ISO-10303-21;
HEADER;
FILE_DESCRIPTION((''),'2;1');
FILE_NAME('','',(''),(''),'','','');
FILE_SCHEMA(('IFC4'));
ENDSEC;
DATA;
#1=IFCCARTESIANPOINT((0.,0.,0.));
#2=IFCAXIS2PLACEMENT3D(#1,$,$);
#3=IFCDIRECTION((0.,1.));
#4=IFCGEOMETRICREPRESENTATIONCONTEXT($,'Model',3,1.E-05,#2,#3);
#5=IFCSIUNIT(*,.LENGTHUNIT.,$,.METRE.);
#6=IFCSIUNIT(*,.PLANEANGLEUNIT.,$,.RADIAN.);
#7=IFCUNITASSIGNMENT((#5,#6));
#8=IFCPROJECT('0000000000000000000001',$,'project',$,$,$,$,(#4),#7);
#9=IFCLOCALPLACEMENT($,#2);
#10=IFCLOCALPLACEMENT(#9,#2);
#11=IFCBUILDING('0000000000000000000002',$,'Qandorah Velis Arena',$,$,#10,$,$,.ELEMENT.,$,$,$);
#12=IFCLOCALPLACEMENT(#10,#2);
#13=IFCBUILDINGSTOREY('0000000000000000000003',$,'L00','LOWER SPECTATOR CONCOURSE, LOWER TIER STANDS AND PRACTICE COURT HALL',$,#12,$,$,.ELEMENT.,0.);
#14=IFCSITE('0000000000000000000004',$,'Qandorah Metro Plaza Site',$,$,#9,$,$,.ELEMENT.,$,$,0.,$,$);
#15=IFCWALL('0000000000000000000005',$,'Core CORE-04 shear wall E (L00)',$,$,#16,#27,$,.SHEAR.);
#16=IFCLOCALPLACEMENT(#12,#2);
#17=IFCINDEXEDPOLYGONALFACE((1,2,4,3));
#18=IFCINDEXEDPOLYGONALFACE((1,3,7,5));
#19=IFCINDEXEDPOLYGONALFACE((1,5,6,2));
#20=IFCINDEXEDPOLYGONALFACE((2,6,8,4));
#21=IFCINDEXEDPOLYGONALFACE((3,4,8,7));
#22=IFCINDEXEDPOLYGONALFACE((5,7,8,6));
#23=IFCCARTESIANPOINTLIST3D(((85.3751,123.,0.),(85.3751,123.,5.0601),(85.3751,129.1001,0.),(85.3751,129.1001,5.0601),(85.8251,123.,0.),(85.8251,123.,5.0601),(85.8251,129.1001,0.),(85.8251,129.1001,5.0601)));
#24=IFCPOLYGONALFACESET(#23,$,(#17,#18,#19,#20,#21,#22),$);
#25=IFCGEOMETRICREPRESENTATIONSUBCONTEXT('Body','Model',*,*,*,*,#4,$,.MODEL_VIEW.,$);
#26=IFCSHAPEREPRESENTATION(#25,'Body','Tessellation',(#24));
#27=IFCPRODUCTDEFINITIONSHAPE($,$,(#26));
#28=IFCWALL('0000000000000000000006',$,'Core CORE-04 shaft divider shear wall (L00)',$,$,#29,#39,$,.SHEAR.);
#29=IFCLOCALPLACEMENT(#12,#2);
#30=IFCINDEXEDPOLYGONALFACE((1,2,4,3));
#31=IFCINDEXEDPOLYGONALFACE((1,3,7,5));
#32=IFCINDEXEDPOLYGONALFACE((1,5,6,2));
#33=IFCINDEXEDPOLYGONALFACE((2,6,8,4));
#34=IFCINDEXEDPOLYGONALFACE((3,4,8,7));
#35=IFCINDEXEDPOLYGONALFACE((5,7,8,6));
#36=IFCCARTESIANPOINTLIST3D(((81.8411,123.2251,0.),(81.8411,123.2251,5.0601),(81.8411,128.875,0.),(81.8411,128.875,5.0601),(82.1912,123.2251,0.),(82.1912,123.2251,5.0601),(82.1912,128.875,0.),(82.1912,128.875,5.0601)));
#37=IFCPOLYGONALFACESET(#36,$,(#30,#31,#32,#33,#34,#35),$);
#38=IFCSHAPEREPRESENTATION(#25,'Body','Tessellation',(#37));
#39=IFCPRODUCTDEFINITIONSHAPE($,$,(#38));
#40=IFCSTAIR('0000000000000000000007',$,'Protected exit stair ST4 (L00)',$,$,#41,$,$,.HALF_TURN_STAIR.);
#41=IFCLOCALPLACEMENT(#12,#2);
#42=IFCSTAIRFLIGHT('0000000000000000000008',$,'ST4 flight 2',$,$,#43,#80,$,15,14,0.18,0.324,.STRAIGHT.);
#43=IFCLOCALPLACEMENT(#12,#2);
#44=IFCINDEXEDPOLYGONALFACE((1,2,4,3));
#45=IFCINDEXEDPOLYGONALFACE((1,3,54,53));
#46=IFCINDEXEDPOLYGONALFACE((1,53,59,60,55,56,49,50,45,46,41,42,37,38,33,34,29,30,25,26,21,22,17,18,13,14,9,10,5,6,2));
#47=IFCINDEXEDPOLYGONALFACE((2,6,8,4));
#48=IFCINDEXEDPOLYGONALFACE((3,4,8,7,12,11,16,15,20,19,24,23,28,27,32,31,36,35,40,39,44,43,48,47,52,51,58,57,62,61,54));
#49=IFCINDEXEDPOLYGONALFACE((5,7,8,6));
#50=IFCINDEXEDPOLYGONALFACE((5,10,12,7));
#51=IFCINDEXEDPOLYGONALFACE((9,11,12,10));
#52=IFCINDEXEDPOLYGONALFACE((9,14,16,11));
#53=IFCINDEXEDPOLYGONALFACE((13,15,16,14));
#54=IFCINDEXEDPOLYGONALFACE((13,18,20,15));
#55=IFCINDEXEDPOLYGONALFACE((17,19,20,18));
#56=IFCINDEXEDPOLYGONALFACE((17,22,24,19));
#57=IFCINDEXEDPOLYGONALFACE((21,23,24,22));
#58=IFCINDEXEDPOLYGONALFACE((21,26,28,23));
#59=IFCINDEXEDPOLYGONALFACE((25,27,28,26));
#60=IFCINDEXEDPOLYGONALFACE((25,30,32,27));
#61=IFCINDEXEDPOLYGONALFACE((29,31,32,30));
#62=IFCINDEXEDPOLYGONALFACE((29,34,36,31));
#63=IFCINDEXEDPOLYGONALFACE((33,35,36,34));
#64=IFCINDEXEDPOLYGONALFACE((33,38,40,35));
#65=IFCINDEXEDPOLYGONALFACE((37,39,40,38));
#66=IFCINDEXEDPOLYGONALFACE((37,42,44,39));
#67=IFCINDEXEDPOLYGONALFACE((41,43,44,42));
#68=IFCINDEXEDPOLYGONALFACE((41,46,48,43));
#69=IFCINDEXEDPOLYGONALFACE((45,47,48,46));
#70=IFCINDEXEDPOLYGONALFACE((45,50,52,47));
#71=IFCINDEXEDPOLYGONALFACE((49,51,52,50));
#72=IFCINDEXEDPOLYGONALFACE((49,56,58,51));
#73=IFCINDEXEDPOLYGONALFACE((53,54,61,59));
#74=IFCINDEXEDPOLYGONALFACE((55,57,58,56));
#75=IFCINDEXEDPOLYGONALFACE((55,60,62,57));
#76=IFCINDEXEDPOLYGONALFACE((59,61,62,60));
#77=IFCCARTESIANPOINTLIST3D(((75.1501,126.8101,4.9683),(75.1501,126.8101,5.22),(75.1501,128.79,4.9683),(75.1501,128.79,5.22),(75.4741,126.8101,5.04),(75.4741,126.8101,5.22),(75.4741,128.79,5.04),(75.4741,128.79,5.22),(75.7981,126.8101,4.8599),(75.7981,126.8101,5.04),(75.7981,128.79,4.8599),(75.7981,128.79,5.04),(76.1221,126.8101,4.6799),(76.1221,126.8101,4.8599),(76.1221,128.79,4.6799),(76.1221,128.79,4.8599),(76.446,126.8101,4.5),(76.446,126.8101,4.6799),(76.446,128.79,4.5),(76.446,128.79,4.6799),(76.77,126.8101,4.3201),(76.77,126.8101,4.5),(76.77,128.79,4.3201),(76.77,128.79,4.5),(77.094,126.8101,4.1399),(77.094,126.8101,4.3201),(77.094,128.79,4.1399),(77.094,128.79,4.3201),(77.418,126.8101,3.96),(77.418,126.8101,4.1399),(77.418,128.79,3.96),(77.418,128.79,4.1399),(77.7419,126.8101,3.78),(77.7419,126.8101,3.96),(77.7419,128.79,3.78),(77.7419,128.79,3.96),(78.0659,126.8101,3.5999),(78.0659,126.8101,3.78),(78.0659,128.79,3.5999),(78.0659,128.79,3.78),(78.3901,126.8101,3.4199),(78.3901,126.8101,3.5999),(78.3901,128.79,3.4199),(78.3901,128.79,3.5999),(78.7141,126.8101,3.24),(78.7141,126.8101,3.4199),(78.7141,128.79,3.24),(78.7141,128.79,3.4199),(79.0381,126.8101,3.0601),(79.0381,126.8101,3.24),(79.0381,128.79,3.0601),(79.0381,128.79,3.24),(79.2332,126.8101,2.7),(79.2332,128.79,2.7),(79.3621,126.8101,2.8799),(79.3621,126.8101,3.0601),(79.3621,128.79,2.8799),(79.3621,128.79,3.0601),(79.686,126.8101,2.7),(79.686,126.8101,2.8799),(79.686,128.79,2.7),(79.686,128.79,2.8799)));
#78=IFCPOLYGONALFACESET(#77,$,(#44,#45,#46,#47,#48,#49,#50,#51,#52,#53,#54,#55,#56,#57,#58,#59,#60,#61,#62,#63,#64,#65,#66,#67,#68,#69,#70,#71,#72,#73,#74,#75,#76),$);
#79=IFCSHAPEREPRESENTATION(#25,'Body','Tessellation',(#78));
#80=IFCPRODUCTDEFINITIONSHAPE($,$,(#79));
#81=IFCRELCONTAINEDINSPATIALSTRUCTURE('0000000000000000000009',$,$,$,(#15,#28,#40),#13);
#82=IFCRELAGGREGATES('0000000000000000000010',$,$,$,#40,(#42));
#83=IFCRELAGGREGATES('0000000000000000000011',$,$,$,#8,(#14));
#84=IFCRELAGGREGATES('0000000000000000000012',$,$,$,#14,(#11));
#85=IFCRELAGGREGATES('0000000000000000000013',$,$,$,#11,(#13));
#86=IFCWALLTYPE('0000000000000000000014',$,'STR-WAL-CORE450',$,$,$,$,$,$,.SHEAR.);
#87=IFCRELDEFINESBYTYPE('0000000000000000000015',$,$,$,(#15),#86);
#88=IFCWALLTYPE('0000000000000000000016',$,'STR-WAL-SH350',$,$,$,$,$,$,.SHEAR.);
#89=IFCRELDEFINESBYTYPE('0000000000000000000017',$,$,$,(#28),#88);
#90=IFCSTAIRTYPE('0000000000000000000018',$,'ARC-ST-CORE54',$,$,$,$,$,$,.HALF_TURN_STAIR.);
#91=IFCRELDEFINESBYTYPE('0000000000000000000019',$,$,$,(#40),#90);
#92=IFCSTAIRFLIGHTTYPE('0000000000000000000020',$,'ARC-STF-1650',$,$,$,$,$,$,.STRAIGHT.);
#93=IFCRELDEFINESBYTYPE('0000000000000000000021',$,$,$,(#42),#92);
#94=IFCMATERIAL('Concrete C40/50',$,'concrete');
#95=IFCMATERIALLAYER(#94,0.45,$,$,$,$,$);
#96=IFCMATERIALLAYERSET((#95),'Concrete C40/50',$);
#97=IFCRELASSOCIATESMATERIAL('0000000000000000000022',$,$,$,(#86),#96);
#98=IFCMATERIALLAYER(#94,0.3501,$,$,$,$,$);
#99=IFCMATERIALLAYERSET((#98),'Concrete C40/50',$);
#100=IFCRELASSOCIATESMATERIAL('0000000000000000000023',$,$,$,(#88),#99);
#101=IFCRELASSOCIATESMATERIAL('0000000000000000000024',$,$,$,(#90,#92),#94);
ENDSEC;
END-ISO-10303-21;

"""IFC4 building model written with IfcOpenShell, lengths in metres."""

from ifc_helpers import new_model, si_unit, direction, frame, frame_2d, origin, place, context, subcontext, project, spatial, polyline, rectangle, outline, extrude, material, layer, layer_set, type_object, element, aggregate, save


model = new_model("IFC4")

# Units and contexts
model_context = context("Model", 3, precision=1e-05, world=origin(), true_north=direction((0.0, 1.0)))
body_context = subcontext(model_context, "Body", "Model", "MODEL_VIEW")
ifc_project = project(units=[si_unit("LENGTHUNIT", "METRE"), si_unit("PLANEANGLEUNIT", "RADIAN")], contexts=[model_context])

# Site, building, storey
site_placement = place(None, origin())
site = spatial("IfcSite", under=ifc_project, at=site_placement, Name="Qandorah Metro Plaza Site", CompositionType="ELEMENT", RefElevation=0.0)
building_placement = place(site_placement, origin())
building = spatial("IfcBuilding", under=site, at=building_placement, Name="Qandorah Velis Arena", CompositionType="ELEMENT")
storey_placement = place(building_placement, origin())
storey = spatial("IfcBuildingStorey", under=building, at=storey_placement, Name="L00", Description="LOWER SPECTATOR CONCOURSE, LOWER TIER STANDS AND PRACTICE COURT HALL", CompositionType="ELEMENT", Elevation=0.0)

# Shared definitions
ifc_material_1 = material(Name="Concrete C40/50", Category="concrete")

# Walls
ifc_layer_1 = layer(ifc_material_1, 0.45)
ifc_layer_set_1 = layer_set([ifc_layer_1], Name="Concrete C40/50")
wall_type_1 = type_object("IfcWallType", Name="STR-WAL-CORE450", PredefinedType="SHEAR", material=ifc_layer_set_1)
wall_1_placement = place(storey_placement, frame((85.6001, 123.0, 0.0), z_axis=(0.0, 0.0, 1.0), x_axis=(0.0, 1.0, 0.0)))
element("IfcWall", 1, at=wall_1_placement, inside=storey, type_object=wall_type_1, Name="Core CORE-04 shear wall E (L00)", PredefinedType="SHEAR", context=body_context, shape_type="SweptSolid", body=[
    extrude(rectangle(XDim=6.1001, YDim=0.45, at=frame_2d((3.05, 0.0))), origin(), (0.0, 0.0, 1.0), 5.0601),
])
ifc_layer_2 = layer(ifc_material_1, 0.3501)
ifc_layer_set_2 = layer_set([ifc_layer_2], Name="Concrete C40/50")
wall_type_2 = type_object("IfcWallType", Name="STR-WAL-SH350", PredefinedType="SHEAR", material=ifc_layer_set_2)
wall_2_placement = place(storey_placement, frame((82.0161, 123.2251, 0.0), z_axis=(0.0, 0.0, 1.0), x_axis=(0.0, 1.0, 0.0)))
element("IfcWall", 2, at=wall_2_placement, inside=storey, type_object=wall_type_2, Name="Core CORE-04 shaft divider shear wall (L00)", PredefinedType="SHEAR", context=body_context, shape_type="SweptSolid", body=[
    extrude(rectangle(XDim=5.6499, YDim=0.3501, at=frame_2d((2.825, 0.0))), origin(), (0.0, 0.0, 1.0), 5.0601),
])

# Stair, stair flight
stair_type = type_object("IfcStairType", Name="ARC-ST-CORE54", PredefinedType="HALF_TURN_STAIR", material=ifc_material_1)
stair_placement = place(storey_placement, origin())
stair = element("IfcStair", 3, at=stair_placement, inside=storey, type_object=stair_type, Name="Protected exit stair ST4 (L00)", PredefinedType="HALF_TURN_STAIR")
stair_flight_type = type_object("IfcStairFlightType", Name="ARC-STF-1650", PredefinedType="STRAIGHT", material=ifc_material_1)
stair_flight_placement = place(storey_placement, frame((79.686, 127.8, 2.7), z_axis=(0.0, 0.0, 1.0), x_axis=(-1.0, 0.0, 0.0)))
stair_flight = element("IfcStairFlight", 4, at=stair_flight_placement, type_object=stair_flight_type, Name="ST4 flight 2", NumberOfRisers=15, NumberOfTreads=14, PredefinedType="STRAIGHT", RiserHeight=0.18, TreadLength=0.324, context=body_context, shape_type="SweptSolid", body=[
    extrude(outline(polyline([(0.0, 0.0), (0.0, 0.1799), (0.324, 0.1799), (0.324, 0.3601), (0.6479, 0.3601), (0.6479, 0.54), (0.9719, 0.54), (0.9719, 0.72), (1.2959, 0.72), (1.2959, 0.8999), (1.6201, 0.8999), (1.6201, 1.0801), (1.9441, 1.0801), (1.9441, 1.26), (2.2681, 1.26), (2.2681, 1.4399), (2.592, 1.4399), (2.592, 1.6201), (2.916, 1.6201), (2.916, 1.8), (3.24, 1.8), (3.24, 1.98), (3.564, 1.98), (3.564, 2.1599), (3.8879, 2.1599), (3.8879, 2.3401), (4.2119, 2.3401), (4.2119, 2.52), (4.5359, 2.52), (4.5359, 2.7), (4.5359, 2.2683), (0.4529, 0.0), (0.0, 0.0)])), frame((0.0, 0.99, 0.0), z_axis=(0.0, -1.0, 0.0), x_axis=(1.0, 0.0, 0.0)), (0.0, 0.0, 1.0), 1.98),
])
aggregate(stair, [stair_flight])

save(model, "model.ifc")
